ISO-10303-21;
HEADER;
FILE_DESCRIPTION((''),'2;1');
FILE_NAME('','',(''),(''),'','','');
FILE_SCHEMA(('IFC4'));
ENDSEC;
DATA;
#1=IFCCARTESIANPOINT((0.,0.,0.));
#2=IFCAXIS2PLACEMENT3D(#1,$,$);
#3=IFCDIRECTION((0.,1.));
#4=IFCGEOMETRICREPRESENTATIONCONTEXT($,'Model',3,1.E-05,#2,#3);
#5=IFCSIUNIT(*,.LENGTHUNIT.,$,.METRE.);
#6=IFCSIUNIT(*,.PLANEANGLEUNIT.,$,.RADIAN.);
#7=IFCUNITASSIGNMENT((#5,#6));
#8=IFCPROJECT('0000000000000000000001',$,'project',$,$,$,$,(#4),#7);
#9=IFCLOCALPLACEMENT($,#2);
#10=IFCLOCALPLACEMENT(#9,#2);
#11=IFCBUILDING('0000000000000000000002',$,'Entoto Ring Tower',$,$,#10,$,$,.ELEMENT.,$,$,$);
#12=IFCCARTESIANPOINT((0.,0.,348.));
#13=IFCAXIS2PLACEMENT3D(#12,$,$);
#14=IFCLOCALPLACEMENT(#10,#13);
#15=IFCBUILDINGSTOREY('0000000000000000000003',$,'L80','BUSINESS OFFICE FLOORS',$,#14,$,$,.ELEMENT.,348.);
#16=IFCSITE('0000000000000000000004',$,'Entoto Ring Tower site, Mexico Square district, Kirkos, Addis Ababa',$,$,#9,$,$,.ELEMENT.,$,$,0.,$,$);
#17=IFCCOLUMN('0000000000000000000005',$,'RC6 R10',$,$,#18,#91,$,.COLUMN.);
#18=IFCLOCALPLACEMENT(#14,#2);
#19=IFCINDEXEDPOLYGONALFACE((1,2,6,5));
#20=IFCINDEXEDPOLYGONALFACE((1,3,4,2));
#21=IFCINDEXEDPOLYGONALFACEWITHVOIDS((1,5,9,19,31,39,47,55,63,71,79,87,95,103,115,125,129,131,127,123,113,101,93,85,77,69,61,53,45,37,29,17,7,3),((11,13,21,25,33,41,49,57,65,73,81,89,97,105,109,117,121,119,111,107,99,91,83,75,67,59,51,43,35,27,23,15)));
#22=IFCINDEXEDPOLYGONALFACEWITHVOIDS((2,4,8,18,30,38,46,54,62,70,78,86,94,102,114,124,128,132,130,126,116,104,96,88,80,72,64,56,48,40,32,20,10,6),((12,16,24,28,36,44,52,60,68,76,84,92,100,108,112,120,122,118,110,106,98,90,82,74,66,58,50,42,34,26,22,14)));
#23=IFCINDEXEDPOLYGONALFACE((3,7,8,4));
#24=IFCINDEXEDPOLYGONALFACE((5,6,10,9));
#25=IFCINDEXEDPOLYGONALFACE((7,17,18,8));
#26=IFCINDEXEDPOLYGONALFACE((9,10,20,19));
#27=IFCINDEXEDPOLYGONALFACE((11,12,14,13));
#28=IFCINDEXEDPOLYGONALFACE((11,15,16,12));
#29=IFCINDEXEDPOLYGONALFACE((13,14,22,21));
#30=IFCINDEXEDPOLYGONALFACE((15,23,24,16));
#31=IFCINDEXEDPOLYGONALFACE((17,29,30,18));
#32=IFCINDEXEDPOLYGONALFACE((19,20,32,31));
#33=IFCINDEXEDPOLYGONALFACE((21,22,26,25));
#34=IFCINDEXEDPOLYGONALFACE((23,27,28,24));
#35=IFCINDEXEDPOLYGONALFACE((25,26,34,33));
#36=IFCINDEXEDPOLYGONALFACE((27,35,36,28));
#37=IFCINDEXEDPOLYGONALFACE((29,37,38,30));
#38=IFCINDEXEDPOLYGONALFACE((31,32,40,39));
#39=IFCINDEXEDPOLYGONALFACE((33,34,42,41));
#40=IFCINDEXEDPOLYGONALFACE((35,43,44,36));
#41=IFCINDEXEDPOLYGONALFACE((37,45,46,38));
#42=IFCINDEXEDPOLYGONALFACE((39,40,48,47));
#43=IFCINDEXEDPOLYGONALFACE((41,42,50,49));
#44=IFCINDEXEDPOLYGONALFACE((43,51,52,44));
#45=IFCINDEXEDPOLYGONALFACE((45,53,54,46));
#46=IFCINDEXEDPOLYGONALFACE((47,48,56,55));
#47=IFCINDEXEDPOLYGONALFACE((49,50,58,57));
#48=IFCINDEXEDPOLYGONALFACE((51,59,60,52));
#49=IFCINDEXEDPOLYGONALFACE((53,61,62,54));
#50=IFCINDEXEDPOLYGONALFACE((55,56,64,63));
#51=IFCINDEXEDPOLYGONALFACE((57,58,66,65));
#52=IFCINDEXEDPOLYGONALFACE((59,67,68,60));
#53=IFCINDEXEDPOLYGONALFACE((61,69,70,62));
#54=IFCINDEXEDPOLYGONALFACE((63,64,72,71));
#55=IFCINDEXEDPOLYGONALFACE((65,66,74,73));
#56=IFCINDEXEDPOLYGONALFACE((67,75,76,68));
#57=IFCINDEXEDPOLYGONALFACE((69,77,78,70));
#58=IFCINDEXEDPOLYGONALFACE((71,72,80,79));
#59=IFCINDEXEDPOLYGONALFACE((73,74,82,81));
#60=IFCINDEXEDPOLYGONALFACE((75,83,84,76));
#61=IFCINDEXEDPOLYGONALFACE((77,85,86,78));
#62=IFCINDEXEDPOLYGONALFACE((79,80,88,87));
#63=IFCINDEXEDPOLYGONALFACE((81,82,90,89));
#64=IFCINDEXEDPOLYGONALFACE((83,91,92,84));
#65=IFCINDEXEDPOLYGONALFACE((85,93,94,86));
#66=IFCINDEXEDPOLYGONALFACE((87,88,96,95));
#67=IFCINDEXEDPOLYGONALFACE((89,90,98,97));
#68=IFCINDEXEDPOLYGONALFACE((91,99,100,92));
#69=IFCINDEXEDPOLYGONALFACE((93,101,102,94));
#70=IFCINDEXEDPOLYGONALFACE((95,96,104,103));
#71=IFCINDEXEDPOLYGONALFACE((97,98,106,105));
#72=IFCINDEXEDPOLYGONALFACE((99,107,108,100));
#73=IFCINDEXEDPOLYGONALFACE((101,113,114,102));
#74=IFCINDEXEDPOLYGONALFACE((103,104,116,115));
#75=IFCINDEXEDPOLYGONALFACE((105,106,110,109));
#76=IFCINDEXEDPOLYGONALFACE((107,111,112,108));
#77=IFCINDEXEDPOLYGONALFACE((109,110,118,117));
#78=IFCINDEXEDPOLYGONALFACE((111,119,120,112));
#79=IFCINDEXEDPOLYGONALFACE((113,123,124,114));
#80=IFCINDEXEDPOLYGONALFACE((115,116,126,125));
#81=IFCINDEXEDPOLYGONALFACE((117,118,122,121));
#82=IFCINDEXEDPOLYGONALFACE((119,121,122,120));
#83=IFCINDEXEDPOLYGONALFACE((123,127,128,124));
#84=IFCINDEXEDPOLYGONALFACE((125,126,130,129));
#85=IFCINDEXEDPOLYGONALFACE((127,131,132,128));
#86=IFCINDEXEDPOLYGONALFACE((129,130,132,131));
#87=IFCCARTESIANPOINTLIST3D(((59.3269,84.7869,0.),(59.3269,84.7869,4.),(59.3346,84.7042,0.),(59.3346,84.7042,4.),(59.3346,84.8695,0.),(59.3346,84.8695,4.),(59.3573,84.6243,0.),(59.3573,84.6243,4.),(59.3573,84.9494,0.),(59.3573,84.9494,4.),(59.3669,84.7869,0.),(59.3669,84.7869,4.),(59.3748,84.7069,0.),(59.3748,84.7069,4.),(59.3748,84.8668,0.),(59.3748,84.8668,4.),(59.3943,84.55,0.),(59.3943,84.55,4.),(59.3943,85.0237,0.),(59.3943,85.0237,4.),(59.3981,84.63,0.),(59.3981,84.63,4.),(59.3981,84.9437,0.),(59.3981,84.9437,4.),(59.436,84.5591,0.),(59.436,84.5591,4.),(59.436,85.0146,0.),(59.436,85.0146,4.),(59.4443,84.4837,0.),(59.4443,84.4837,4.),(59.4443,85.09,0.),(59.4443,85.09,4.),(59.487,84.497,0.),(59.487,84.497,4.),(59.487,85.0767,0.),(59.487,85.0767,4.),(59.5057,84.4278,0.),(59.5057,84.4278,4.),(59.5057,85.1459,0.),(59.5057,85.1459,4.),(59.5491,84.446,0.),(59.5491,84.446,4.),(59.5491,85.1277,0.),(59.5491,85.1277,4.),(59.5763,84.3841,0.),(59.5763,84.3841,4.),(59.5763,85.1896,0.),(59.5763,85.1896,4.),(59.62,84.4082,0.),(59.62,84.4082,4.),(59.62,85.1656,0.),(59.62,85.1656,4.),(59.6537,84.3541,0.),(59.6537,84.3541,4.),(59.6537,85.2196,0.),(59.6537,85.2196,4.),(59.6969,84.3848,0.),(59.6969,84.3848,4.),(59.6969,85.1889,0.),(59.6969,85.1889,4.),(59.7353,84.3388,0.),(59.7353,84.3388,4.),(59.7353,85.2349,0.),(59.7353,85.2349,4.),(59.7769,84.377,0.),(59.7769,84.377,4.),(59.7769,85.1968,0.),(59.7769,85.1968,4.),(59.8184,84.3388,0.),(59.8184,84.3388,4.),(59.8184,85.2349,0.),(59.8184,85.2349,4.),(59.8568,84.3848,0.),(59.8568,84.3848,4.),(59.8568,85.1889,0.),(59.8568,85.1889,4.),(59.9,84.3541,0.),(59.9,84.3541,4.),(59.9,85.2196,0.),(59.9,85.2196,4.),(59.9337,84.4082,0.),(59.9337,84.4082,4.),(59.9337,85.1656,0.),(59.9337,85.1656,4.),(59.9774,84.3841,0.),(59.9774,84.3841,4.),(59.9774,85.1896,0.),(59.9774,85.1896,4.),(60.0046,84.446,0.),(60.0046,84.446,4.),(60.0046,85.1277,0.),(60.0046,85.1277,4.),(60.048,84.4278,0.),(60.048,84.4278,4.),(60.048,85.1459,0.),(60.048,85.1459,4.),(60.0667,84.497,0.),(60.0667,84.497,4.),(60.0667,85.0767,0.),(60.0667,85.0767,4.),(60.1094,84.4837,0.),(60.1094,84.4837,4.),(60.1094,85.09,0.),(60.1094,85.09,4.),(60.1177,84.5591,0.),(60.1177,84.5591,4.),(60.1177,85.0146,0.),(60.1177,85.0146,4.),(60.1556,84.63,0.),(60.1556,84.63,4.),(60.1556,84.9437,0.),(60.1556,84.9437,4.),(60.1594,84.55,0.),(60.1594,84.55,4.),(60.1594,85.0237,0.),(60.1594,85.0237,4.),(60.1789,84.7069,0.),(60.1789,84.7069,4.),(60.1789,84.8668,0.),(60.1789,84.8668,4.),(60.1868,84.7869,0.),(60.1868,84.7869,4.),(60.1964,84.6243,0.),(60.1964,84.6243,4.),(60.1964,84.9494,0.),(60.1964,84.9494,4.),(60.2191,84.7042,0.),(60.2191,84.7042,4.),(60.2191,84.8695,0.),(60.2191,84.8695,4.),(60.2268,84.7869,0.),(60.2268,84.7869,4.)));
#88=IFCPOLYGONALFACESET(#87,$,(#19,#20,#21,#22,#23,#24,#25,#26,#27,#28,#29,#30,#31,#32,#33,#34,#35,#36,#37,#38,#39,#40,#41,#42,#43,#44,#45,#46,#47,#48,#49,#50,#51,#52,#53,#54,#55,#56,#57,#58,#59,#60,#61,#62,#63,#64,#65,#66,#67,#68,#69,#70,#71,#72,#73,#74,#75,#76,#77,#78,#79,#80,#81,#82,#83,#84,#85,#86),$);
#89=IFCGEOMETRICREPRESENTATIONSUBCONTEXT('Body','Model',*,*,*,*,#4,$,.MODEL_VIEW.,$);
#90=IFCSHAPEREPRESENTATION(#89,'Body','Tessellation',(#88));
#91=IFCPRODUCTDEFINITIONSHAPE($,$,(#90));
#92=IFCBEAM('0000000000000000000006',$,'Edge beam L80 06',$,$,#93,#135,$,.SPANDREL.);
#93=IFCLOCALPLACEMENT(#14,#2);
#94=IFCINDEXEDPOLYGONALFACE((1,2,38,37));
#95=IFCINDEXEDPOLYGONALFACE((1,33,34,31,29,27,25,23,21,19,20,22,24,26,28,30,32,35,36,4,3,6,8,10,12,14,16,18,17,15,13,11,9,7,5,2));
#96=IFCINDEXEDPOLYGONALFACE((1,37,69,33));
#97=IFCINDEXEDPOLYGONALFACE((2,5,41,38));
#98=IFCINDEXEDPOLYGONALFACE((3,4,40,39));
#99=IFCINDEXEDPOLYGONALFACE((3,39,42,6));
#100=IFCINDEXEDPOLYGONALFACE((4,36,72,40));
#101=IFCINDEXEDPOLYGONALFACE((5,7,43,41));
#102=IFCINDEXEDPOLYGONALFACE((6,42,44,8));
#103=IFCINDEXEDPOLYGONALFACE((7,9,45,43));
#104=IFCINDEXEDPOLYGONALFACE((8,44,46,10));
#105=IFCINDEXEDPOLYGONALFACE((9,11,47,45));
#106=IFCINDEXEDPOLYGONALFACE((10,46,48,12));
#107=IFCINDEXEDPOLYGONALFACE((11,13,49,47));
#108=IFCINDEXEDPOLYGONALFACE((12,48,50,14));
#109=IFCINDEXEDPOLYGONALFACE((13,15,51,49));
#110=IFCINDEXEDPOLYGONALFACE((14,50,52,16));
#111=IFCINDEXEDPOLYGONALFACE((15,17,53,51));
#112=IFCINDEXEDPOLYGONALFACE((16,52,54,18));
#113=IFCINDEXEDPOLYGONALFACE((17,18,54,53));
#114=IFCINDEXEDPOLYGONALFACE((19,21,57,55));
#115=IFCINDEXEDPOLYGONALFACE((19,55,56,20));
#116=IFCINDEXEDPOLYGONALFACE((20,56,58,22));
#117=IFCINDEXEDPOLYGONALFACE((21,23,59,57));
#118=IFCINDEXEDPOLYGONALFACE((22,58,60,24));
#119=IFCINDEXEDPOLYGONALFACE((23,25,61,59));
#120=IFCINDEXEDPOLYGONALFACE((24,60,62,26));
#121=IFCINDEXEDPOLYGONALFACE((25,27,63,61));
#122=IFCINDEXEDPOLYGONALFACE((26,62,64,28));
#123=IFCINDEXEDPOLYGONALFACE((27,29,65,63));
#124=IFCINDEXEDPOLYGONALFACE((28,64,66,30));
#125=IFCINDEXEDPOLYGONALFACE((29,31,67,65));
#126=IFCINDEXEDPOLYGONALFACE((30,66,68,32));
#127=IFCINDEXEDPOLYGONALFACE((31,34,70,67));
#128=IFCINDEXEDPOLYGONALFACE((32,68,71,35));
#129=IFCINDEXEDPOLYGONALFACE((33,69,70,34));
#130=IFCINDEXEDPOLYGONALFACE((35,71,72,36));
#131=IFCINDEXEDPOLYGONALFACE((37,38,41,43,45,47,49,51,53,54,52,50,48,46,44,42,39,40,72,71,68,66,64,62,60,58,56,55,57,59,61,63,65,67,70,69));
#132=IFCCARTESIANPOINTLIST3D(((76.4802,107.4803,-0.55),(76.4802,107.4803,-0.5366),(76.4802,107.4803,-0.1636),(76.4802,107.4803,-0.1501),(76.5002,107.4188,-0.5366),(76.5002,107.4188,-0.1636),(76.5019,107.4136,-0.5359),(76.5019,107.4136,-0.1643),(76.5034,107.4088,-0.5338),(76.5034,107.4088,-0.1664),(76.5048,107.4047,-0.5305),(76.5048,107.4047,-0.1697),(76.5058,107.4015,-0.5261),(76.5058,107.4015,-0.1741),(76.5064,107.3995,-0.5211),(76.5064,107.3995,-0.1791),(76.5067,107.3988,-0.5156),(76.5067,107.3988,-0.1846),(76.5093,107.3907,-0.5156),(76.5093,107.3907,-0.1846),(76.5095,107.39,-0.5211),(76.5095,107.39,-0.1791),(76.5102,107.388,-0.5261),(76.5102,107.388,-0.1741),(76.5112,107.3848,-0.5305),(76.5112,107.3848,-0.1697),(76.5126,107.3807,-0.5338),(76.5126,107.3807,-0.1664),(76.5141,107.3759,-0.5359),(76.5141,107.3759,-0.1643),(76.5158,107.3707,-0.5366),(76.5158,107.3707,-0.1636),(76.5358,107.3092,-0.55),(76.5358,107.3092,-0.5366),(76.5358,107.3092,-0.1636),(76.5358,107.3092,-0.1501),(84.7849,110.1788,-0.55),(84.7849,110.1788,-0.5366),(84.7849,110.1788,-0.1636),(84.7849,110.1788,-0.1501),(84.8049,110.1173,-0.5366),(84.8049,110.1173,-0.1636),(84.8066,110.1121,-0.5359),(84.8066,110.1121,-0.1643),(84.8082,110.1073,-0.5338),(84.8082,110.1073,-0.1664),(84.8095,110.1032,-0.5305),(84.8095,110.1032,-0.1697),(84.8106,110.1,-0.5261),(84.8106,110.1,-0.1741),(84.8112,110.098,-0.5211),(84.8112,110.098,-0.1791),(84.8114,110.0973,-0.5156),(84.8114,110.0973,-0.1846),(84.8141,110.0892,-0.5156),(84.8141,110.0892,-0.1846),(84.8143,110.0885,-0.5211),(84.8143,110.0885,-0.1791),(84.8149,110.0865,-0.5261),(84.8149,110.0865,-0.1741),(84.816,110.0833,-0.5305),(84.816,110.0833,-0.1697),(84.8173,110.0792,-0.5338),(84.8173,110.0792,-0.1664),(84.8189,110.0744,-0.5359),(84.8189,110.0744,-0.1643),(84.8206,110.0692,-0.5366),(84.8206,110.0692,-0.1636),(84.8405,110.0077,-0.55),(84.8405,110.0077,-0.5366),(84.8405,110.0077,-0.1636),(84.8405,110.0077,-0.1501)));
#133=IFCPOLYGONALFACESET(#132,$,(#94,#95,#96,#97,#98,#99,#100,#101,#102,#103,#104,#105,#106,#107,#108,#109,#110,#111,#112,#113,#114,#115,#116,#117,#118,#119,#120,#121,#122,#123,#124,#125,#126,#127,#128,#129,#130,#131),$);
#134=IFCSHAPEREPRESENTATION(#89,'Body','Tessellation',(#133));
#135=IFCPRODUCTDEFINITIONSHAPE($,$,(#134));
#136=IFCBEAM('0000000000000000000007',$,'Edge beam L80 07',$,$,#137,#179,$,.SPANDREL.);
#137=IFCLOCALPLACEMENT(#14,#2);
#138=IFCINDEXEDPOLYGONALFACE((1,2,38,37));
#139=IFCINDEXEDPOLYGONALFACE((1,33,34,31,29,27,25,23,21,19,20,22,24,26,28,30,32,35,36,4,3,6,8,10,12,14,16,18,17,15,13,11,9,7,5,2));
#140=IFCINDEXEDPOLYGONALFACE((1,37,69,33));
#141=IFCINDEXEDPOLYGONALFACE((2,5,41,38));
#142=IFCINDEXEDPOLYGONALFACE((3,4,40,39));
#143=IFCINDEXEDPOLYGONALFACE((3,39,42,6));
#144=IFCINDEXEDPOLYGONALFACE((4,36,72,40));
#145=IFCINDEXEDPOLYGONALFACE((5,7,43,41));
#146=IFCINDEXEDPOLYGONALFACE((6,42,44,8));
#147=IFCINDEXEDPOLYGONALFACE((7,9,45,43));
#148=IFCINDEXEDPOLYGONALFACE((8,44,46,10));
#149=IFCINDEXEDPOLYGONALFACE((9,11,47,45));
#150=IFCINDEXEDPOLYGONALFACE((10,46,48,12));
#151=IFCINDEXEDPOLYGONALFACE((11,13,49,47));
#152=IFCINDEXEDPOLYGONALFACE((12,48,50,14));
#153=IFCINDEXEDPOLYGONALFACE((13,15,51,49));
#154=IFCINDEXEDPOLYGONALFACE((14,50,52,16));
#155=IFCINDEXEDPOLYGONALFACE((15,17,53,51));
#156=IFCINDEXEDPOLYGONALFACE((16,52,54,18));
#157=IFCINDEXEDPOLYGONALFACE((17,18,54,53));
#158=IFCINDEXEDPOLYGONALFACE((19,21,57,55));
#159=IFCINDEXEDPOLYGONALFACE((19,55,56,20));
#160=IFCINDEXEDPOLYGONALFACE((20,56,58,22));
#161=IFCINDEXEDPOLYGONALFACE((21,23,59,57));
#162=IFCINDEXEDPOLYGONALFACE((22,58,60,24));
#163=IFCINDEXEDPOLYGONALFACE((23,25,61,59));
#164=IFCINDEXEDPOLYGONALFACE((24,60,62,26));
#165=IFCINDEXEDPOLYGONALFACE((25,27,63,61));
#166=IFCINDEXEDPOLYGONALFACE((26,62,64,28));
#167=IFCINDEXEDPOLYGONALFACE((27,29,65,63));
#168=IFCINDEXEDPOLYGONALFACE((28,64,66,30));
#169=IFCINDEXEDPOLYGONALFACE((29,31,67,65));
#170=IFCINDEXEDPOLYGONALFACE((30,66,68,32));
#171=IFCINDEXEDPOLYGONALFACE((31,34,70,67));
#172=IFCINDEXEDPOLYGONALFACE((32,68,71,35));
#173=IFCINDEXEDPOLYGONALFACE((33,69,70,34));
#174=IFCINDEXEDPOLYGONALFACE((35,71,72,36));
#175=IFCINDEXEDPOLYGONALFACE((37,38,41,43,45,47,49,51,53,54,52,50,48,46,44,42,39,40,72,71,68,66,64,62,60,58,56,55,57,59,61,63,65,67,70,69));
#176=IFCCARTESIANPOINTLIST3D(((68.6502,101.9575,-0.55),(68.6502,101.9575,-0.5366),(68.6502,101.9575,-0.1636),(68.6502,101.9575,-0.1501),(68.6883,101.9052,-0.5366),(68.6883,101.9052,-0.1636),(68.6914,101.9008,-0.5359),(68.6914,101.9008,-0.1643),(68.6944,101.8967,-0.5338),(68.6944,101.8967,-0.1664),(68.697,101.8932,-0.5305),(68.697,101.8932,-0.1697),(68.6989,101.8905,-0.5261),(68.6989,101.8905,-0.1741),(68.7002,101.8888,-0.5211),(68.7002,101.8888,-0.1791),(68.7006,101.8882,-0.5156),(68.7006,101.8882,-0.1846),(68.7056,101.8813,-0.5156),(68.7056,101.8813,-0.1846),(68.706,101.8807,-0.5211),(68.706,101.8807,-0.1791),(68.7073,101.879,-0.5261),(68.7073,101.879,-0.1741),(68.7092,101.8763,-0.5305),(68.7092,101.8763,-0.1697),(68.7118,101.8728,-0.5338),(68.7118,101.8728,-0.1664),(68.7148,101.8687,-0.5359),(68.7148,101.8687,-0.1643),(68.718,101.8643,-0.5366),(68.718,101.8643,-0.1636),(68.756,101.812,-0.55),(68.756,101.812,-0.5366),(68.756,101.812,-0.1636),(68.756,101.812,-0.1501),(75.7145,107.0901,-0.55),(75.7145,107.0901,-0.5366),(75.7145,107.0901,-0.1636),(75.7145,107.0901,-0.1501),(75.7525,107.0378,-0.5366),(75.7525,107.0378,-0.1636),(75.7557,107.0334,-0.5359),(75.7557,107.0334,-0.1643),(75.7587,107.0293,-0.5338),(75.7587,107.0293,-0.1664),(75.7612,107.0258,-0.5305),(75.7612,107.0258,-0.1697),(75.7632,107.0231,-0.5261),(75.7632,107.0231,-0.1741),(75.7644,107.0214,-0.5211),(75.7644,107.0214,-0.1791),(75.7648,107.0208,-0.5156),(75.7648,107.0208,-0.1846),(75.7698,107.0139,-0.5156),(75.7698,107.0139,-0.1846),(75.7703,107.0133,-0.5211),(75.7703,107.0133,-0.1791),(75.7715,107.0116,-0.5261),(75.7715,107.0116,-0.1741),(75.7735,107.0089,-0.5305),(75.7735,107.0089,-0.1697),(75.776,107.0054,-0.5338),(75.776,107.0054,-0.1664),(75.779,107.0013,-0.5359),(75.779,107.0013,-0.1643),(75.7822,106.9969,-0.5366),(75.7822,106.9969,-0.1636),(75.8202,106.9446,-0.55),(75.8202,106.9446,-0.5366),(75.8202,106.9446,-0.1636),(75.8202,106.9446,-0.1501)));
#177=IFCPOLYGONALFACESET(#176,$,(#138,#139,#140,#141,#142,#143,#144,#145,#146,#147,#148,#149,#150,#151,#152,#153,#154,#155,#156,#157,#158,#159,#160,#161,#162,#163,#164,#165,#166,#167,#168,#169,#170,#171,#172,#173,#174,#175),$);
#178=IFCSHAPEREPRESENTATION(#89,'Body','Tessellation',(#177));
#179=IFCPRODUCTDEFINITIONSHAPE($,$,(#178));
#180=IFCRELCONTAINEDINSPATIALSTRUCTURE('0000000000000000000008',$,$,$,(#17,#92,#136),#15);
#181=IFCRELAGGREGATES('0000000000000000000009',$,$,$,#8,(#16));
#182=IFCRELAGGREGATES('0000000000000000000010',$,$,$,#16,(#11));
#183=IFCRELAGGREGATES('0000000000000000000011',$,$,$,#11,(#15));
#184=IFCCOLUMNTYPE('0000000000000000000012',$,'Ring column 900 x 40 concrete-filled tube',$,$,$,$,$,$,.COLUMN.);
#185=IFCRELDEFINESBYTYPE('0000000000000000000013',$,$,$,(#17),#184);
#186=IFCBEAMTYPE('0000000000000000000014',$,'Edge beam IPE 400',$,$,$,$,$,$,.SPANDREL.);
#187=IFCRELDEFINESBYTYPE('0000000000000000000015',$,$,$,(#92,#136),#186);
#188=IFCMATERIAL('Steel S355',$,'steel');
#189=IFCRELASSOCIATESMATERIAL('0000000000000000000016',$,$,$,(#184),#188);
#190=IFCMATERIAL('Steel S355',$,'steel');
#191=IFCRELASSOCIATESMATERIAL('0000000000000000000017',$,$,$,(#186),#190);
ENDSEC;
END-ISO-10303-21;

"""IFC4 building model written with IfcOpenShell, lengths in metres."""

from ifc_helpers import new_model, si_unit, direction, frame, origin, origin_2d, place, context, subcontext, project, spatial, circle, hollow_circle, i_section, extrude, material, material_profile, profile_set, type_object, element, save


model = new_model("IFC4")

# Units and contexts
model_context = context("Model", 3, precision=1e-05, world=origin(), true_north=direction((0.0, 1.0)))
body_context = subcontext(model_context, "Body", "Model", "MODEL_VIEW")
ifc_project = project(units=[si_unit("LENGTHUNIT", "METRE"), si_unit("PLANEANGLEUNIT", "RADIAN")], contexts=[model_context])

# Site, building, storey
site_placement = place(None, origin())
site = spatial("IfcSite", under=ifc_project, at=site_placement, Name="Entoto Ring Tower site, Mexico Square district, Kirkos, Addis Ababa", CompositionType="ELEMENT", RefElevation=0.0)
building_placement = place(site_placement, origin())
building = spatial("IfcBuilding", under=site, at=building_placement, Name="Entoto Ring Tower", CompositionType="ELEMENT")
storey_placement = place(building_placement, frame((0.0, 0.0, 348.0)))
storey = spatial("IfcBuildingStorey", under=building, at=storey_placement, Name="L80", Description="BUSINESS OFFICE FLOORS", CompositionType="ELEMENT", Elevation=348.0)

# Column
ifc_material_1 = material(Name="Steel S355", Category="steel")
ifc_material_profile_1 = material_profile(ifc_material_1, hollow_circle(Radius=0.45, WallThickness=0.04, at=origin_2d()), Name="CHS 900 x 40")
ifc_material_2 = material(Name="Concrete C60/75", Category="concrete")
ifc_material_profile_2 = material_profile(ifc_material_2, circle(Radius=0.4099, at=origin_2d()), Name="Concrete C60/75 infill")
ifc_profile_set_1 = profile_set([ifc_material_profile_1, ifc_material_profile_2], Name="Steel S355")
column_type = type_object("IfcColumnType", Name="Ring column 900 x 40 concrete-filled tube", PredefinedType="COLUMN", material=ifc_profile_set_1)
for number, where, z_axis, x_axis, name in (
    (1, (59.7769, 84.7869, 0.0), (0.0, 0.0, 1.0), (1.0, 0.0, 0.0), "RC6 R10"),
):
    element("IfcColumn", number, at=place(storey_placement, frame(where, z_axis=z_axis, x_axis=x_axis)), inside=storey, type_object=column_type, Name=name, PredefinedType="COLUMN", context=body_context, shape_type="SweptSolid", body=[
        extrude(hollow_circle(Radius=0.45, WallThickness=0.04, at=origin_2d()), origin(), (0.0, 0.0, 1.0), 4.0),
    ])

# Beams
ifc_material_3 = material(Name="Steel S355", Category="steel")
ifc_material_profile_3 = material_profile(ifc_material_3, i_section(OverallWidth=0.1799, OverallDepth=0.3999, WebThickness=0.0085, FlangeThickness=0.0134, FilletRadius=0.021, at=origin_2d()), Name="IPE 400")
ifc_profile_set_2 = profile_set([ifc_material_profile_3], Name="Steel S355")
beam_type_1 = type_object("IfcBeamType", Name="Edge beam IPE 400", PredefinedType="SPANDREL", material=ifc_profile_set_2)
beam_1_placement = place(storey_placement, frame((84.8127, 110.0933, -0.3501), z_axis=(-0.951052, -0.30903, 0.0), x_axis=(0.30903, -0.951052, 0.0)))
element("IfcBeam", 2, at=beam_1_placement, inside=storey, type_object=beam_type_1, Name="Edge beam L80 06", PredefinedType="SPANDREL", context=body_context, shape_type="SweptSolid", body=[
    extrude(i_section(OverallWidth=0.1799, OverallDepth=0.3999, WebThickness=0.0085, FlangeThickness=0.0134, FilletRadius=0.021, at=origin_2d()), origin(), (0.0, 0.0, 1.0), 8.7322),
])
for number, where, z_axis, x_axis, name in (
    (3, (75.7673, 107.0173, -0.3501), (-0.80901, -0.587794, 0.0), (0.587794, -0.80901, 0.0), "Edge beam L80 07"),
):
    element("IfcBeam", number, at=place(storey_placement, frame(where, z_axis=z_axis, x_axis=x_axis)), inside=storey, type_object=beam_type_1, Name=name, PredefinedType="SPANDREL", context=body_context, shape_type="SweptSolid", body=[
        extrude(i_section(OverallWidth=0.1799, OverallDepth=0.3999, WebThickness=0.0085, FlangeThickness=0.0134, FilletRadius=0.021, at=origin_2d()), origin(), (0.0, 0.0, 1.0), 8.7319),
    ])

save(model, "model.ifc")
